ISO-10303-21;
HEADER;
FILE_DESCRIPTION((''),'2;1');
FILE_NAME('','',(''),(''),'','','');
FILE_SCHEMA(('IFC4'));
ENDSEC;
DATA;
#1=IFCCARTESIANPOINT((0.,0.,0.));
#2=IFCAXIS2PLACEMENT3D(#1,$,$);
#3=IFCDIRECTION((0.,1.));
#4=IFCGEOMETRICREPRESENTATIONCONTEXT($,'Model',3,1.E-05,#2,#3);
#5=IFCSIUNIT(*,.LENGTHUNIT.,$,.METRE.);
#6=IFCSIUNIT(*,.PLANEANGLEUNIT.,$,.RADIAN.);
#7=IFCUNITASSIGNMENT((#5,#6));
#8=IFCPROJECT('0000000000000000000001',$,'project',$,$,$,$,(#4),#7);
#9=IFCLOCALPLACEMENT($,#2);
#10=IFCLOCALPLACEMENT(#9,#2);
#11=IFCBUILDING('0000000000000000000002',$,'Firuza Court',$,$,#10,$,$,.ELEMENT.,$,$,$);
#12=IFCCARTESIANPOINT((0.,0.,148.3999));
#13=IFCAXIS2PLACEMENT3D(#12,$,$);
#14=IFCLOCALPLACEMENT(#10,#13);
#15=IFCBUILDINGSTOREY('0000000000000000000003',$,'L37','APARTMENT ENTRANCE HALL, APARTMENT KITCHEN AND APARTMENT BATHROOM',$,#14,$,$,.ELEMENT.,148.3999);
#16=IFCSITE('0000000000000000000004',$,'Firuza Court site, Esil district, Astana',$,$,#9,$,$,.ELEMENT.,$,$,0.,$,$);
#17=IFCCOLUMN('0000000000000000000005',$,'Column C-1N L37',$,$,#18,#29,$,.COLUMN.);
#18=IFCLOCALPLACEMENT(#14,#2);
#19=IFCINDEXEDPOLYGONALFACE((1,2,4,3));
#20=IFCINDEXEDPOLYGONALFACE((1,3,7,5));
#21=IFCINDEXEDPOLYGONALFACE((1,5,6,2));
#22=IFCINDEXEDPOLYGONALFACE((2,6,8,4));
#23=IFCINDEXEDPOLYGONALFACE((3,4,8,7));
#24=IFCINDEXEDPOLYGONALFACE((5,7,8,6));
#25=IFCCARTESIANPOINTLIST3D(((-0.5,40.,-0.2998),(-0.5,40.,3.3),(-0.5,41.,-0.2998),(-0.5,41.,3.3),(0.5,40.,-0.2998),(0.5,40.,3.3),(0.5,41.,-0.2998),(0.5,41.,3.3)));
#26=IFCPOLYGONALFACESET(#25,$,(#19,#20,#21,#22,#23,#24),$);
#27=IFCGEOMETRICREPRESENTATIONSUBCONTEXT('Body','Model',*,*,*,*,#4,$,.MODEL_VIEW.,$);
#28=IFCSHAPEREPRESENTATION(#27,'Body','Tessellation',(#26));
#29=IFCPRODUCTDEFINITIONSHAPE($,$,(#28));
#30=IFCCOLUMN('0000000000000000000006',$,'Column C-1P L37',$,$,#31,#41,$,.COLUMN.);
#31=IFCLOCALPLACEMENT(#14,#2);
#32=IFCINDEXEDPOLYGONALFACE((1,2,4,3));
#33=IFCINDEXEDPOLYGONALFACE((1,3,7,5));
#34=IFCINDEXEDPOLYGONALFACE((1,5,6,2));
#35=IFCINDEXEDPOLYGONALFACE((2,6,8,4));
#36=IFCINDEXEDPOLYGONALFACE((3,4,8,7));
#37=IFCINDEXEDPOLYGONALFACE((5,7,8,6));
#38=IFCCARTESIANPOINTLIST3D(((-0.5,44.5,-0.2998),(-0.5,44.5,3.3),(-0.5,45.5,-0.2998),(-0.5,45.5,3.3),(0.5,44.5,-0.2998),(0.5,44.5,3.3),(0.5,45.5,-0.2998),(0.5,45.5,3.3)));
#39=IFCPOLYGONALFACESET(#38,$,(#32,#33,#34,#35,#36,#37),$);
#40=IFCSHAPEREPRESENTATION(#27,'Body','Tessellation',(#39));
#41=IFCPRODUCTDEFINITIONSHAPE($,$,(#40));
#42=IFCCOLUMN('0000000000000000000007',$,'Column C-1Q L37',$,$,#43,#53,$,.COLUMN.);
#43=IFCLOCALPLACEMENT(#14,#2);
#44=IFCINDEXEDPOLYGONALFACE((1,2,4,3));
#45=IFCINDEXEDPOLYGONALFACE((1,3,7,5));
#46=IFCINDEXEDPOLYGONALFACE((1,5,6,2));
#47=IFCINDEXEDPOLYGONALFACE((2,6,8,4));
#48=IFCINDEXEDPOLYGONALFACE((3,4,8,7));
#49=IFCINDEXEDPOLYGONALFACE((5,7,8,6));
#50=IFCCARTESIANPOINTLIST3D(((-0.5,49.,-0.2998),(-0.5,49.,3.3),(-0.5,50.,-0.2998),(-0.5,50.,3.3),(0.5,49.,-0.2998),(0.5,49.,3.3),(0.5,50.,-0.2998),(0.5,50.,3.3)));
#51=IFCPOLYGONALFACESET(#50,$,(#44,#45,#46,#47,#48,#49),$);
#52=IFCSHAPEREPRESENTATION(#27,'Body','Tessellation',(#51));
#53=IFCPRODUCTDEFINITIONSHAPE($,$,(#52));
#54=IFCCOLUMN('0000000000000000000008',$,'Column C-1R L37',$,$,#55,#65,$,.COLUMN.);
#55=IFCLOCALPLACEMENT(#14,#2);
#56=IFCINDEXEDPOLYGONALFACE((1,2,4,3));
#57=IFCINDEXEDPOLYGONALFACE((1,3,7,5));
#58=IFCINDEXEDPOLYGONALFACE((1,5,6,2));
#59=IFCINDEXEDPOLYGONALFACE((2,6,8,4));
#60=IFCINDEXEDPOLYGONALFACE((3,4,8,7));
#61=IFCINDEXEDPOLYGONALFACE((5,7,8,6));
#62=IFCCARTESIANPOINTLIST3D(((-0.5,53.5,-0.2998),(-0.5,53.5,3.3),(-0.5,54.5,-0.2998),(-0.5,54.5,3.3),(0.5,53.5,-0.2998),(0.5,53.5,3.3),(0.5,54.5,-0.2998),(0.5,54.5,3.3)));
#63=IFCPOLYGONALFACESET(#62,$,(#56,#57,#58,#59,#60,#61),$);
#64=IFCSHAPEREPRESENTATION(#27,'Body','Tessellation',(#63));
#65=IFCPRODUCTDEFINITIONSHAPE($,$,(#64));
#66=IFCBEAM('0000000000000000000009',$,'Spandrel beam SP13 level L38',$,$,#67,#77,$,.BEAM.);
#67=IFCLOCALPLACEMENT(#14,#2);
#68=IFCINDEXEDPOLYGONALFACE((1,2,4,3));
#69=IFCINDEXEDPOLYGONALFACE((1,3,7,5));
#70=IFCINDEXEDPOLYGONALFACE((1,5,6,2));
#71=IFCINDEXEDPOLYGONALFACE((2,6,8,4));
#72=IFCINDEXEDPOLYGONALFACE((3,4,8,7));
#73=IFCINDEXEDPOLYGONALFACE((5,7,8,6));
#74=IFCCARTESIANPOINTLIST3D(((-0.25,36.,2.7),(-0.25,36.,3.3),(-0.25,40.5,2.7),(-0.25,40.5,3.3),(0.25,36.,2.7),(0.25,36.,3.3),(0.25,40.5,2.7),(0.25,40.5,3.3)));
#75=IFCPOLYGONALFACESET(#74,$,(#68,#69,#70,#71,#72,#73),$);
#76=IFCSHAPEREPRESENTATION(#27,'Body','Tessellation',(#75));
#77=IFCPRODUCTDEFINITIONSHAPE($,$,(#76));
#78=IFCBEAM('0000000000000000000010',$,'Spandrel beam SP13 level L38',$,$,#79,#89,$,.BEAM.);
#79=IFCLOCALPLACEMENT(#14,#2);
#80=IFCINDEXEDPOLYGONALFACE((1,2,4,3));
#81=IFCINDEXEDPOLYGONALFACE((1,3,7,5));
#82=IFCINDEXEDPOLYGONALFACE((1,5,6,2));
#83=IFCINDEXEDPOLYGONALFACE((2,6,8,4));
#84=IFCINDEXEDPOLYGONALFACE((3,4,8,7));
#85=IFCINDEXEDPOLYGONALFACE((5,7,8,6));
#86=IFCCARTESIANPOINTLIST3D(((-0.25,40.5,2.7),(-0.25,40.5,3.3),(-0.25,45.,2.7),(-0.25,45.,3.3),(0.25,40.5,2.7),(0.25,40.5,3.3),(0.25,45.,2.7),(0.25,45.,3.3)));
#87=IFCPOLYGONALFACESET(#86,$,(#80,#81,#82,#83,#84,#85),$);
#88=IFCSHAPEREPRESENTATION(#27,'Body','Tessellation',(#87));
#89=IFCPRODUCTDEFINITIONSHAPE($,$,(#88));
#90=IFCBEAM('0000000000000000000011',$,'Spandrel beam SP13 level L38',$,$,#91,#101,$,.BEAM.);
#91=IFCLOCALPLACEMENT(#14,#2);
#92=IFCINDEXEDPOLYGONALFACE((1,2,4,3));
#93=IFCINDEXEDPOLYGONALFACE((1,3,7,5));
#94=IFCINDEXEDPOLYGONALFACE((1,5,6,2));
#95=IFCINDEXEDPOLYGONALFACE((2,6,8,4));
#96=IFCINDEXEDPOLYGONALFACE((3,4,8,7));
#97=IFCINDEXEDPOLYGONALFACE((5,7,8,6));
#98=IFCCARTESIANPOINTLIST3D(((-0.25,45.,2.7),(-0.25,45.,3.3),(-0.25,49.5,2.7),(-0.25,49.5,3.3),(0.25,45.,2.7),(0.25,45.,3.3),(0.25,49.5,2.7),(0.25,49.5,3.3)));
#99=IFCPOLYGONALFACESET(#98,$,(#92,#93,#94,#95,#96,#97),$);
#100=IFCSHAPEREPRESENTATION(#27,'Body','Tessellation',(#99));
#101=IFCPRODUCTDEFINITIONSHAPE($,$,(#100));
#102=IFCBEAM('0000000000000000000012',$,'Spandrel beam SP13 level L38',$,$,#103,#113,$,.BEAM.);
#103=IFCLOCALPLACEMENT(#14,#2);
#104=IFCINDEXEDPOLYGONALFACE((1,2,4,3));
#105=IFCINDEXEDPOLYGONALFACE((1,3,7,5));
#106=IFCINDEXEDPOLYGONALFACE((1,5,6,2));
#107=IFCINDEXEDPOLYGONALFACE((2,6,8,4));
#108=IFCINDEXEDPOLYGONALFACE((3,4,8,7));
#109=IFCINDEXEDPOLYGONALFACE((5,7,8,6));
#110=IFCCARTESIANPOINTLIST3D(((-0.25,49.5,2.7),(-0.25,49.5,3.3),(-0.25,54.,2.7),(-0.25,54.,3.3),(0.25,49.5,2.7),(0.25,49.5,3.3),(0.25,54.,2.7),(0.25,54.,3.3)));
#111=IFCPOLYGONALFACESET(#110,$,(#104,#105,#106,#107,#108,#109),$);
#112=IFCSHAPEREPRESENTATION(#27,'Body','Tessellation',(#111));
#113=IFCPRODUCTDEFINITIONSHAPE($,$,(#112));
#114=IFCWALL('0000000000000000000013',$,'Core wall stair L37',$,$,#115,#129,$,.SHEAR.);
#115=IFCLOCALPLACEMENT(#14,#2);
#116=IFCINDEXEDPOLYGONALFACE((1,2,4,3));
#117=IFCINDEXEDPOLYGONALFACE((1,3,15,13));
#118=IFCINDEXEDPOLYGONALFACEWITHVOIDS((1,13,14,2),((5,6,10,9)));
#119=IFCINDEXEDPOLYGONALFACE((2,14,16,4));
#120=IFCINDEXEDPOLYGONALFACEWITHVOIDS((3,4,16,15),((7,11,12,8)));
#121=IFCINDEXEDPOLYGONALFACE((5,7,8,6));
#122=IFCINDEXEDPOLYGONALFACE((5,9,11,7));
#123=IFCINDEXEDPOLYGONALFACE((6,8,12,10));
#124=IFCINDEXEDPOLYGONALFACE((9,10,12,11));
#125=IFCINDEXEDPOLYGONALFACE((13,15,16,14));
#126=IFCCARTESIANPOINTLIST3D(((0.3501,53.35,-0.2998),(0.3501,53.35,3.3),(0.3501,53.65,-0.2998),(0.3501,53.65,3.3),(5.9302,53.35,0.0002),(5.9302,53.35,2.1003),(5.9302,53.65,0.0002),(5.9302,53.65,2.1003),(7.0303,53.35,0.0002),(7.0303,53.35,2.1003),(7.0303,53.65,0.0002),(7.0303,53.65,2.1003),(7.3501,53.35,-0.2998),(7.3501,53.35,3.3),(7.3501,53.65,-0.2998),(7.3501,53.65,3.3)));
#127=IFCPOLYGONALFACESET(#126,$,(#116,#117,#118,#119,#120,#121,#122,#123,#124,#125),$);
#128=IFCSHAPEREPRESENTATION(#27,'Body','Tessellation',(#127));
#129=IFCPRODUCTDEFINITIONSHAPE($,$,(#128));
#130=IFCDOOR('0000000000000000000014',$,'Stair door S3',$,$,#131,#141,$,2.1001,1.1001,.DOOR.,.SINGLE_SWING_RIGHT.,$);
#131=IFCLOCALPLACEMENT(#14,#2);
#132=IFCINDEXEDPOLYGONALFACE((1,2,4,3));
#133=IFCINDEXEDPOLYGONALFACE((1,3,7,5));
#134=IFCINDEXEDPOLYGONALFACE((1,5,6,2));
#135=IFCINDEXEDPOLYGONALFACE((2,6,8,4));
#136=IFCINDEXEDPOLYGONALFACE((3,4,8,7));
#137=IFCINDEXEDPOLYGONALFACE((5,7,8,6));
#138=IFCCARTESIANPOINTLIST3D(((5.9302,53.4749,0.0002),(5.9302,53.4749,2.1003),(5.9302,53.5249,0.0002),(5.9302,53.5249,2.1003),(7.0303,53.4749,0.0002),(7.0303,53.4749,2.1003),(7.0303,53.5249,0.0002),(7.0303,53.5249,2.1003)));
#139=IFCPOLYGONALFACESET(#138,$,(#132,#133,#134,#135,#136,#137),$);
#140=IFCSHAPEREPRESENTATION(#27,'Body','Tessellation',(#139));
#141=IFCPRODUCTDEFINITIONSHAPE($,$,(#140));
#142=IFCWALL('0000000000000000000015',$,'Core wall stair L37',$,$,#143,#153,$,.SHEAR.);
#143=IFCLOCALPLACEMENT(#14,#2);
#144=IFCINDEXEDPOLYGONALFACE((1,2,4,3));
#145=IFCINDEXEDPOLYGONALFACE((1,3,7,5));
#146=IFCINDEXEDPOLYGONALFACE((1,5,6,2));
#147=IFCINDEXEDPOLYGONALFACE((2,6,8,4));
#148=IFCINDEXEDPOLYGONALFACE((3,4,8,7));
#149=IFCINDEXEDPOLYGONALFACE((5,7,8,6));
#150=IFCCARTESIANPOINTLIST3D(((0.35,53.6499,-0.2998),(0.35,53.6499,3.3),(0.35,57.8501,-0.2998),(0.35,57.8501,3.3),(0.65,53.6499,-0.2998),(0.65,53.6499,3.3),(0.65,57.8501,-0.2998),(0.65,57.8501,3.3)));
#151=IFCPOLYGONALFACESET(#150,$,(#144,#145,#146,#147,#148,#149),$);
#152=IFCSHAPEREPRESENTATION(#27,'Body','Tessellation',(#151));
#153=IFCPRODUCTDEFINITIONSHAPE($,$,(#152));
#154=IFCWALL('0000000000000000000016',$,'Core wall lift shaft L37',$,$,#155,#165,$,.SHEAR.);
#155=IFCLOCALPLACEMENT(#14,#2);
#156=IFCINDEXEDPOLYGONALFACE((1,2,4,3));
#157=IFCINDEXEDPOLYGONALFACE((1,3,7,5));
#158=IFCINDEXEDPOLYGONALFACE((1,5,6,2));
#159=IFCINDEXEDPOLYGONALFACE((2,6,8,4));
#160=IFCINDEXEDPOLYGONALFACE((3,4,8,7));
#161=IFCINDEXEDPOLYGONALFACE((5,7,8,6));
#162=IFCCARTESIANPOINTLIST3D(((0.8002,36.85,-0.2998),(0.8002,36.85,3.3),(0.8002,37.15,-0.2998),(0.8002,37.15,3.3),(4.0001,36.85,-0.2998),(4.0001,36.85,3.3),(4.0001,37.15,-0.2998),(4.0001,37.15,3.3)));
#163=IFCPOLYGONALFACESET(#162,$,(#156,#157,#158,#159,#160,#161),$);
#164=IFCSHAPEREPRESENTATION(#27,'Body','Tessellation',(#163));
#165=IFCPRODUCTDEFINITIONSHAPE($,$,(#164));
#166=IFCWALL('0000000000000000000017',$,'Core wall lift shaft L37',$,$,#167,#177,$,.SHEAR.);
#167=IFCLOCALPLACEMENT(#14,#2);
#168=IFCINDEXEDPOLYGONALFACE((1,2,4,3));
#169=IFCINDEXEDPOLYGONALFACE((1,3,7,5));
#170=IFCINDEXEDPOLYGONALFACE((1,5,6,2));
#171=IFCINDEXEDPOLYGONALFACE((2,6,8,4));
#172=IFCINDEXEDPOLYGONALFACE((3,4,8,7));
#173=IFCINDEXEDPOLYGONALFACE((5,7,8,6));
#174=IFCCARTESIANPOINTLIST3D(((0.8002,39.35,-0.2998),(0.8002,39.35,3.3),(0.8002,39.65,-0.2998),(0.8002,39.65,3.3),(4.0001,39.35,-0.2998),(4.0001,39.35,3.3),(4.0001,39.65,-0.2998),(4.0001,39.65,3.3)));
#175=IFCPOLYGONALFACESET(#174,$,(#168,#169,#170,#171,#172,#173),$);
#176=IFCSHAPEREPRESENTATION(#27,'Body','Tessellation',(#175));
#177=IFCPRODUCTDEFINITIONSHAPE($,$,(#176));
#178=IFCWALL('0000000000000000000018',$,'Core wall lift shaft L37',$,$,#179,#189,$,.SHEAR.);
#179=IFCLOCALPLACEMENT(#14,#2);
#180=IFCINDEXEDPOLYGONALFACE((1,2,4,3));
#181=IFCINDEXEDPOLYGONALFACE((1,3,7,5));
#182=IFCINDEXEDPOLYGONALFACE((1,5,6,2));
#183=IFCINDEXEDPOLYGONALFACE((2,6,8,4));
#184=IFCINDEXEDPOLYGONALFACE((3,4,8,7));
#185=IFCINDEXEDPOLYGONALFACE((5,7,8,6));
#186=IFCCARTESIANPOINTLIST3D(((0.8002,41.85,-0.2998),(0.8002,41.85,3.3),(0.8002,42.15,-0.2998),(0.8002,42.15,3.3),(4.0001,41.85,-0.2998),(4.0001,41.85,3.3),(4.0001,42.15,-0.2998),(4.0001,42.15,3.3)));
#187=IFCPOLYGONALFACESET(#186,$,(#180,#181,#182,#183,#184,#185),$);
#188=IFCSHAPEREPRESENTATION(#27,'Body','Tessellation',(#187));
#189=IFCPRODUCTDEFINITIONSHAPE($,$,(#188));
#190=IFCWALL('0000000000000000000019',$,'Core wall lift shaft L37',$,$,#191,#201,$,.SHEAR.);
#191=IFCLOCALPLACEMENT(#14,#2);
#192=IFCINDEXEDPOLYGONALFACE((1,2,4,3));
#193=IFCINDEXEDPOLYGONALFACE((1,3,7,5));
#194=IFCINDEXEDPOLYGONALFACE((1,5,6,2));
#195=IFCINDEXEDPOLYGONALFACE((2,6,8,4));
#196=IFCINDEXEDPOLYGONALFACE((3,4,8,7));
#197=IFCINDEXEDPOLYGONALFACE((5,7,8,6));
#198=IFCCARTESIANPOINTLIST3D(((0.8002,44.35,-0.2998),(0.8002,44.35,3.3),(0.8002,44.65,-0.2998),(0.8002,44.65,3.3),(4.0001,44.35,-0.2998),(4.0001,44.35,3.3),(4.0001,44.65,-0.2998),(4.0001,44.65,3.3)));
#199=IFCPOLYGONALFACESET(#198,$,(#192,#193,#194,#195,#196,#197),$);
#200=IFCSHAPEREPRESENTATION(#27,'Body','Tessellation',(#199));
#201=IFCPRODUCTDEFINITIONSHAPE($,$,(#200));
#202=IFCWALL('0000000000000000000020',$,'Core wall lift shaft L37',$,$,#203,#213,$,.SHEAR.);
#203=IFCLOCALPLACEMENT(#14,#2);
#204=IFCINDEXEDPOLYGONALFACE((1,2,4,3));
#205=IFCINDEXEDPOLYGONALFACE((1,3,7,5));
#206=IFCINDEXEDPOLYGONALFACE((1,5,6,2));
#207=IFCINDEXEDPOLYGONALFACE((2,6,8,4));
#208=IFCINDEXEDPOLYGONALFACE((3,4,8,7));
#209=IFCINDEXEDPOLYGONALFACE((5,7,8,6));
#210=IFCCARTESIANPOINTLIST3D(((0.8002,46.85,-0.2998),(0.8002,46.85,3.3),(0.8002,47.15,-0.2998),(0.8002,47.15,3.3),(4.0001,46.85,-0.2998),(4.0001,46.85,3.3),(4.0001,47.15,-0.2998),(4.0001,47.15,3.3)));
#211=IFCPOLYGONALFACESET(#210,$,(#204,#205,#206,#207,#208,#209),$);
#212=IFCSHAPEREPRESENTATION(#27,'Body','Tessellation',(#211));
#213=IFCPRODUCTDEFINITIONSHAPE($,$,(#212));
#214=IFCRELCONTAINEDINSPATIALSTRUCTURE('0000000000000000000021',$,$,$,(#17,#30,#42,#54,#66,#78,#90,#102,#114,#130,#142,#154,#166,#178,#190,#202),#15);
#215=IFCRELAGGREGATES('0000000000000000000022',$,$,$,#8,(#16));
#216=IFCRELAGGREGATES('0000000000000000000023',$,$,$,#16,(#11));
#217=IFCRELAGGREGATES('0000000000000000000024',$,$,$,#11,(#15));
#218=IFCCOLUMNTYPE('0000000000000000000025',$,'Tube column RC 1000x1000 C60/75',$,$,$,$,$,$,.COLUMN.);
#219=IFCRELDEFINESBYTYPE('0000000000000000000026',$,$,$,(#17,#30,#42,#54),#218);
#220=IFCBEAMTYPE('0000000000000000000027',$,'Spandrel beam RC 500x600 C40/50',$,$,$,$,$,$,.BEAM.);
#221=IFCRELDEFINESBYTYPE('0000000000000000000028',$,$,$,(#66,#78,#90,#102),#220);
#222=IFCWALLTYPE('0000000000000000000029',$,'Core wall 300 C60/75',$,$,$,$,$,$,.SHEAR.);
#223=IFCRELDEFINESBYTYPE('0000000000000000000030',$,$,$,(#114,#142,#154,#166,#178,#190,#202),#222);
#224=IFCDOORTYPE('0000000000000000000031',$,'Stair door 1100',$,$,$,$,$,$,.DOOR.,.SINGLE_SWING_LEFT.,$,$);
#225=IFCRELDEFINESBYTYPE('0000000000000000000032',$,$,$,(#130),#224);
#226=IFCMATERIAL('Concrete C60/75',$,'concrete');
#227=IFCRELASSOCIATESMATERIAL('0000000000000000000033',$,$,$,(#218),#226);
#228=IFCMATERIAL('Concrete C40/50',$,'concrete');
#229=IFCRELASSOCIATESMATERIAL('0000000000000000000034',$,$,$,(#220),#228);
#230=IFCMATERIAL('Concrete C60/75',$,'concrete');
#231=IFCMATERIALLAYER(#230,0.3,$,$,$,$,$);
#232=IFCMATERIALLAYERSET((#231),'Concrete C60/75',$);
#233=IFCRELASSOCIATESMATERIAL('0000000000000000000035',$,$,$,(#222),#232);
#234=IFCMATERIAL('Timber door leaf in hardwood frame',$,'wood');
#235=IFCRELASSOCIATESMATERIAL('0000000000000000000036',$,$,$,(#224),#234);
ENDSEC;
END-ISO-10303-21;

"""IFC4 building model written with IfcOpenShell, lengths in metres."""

from ifc_helpers import new_model, si_unit, direction, frame, frame_2d, origin, origin_2d, place, context, subcontext, project, spatial, rectangle, extrude, material, layer, layer_set, material_profile, profile_set, type_object, element, fill, save


model = new_model("IFC4")

# Units and contexts
model_context = context("Model", 3, precision=1e-05, world=origin(), true_north=direction((0.0, 1.0)))
body_context = subcontext(model_context, "Body", "Model", "MODEL_VIEW")
ifc_project = project(units=[si_unit("LENGTHUNIT", "METRE"), si_unit("PLANEANGLEUNIT", "RADIAN")], contexts=[model_context])

# Site, building, storey
site_placement = place(None, origin())
site = spatial("IfcSite", under=ifc_project, at=site_placement, Name="Firuza Court site, Esil district, Astana", CompositionType="ELEMENT", RefElevation=0.0)
building_placement = place(site_placement, origin())
building = spatial("IfcBuilding", under=site, at=building_placement, Name="Firuza Court", CompositionType="ELEMENT")
storey_placement = place(building_placement, frame((0.0, 0.0, 148.3999)))
storey = spatial("IfcBuildingStorey", under=building, at=storey_placement, Name="L37", Description="APARTMENT ENTRANCE HALL, APARTMENT KITCHEN AND APARTMENT BATHROOM", CompositionType="ELEMENT", Elevation=148.3999)

# Columns
ifc_material_1 = material(Name="Concrete C60/75", Category="concrete")
ifc_material_profile_1 = material_profile(ifc_material_1, rectangle(XDim=1.0, YDim=1.0, at=origin_2d()), Name="RC 1000x1000")
ifc_profile_set_1 = profile_set([ifc_material_profile_1], Name="Concrete C60/75")
column_type = type_object("IfcColumnType", Name="Tube column RC 1000x1000 C60/75", PredefinedType="COLUMN", material=ifc_profile_set_1)
for number, where, z_axis, x_axis, name in (
    (1, (0.0, 40.5, -0.2998), (0.0, 0.0, 1.0), (1.0, 0.0, 0.0), "Column C-1N L37"),
    (2, (0.0, 45.0, -0.2998), (0.0, 0.0, 1.0), (1.0, 0.0, 0.0), "Column C-1P L37"),
    (3, (0.0, 49.5, -0.2998), (0.0, 0.0, 1.0), (1.0, 0.0, 0.0), "Column C-1Q L37"),
    (4, (0.0, 54.0, -0.2998), (0.0, 0.0, 1.0), (1.0, 0.0, 0.0), "Column C-1R L37"),
):
    element("IfcColumn", number, at=place(storey_placement, frame(where, z_axis=z_axis, x_axis=x_axis)), inside=storey, type_object=column_type, Name=name, PredefinedType="COLUMN", context=body_context, shape_type="SweptSolid", body=[
        extrude(rectangle(XDim=1.0, YDim=1.0, at=origin_2d()), origin(), (0.0, 0.0, 1.0), 3.5999),
    ])

# Beams
ifc_material_2 = material(Name="Concrete C40/50", Category="concrete")
ifc_material_profile_2 = material_profile(ifc_material_2, rectangle(XDim=0.5, YDim=0.6001, at=origin_2d()), Name="RC 500x600")
ifc_profile_set_2 = profile_set([ifc_material_profile_2], Name="Concrete C40/50")
beam_type = type_object("IfcBeamType", Name="Spandrel beam RC 500x600 C40/50", PredefinedType="BEAM", material=ifc_profile_set_2)
for number, where, z_axis, x_axis, name in (
    (5, (0.0, 40.5, 3.0), (0.0, -1.0, 0.0), (1.0, 0.0, 0.0), "Spandrel beam SP13 level L38"),
    (6, (0.0, 45.0, 3.0), (0.0, -1.0, 0.0), (1.0, 0.0, 0.0), "Spandrel beam SP13 level L38"),
    (7, (0.0, 49.5, 3.0), (0.0, -1.0, 0.0), (1.0, 0.0, 0.0), "Spandrel beam SP13 level L38"),
    (8, (0.0, 54.0, 3.0), (0.0, -1.0, 0.0), (1.0, 0.0, 0.0), "Spandrel beam SP13 level L38"),
):
    element("IfcBeam", number, at=place(storey_placement, frame(where, z_axis=z_axis, x_axis=x_axis)), inside=storey, type_object=beam_type, Name=name, PredefinedType="BEAM", context=body_context, shape_type="SweptSolid", body=[
        extrude(rectangle(XDim=0.5, YDim=0.6001, at=origin_2d()), origin(), (0.0, 0.0, 1.0), 4.5),
    ])

# Wall, opening, door
ifc_material_3 = material(Name="Concrete C60/75", Category="concrete")
ifc_layer_1 = layer(ifc_material_3, 0.3)
ifc_layer_set_1 = layer_set([ifc_layer_1], Name="Concrete C60/75")
wall_type_1 = type_object("IfcWallType", Name="Core wall 300 C60/75", PredefinedType="SHEAR", material=ifc_layer_set_1)
wall_1_placement = place(storey_placement, frame((0.3501, 53.5, -0.2998), z_axis=(0.0, 0.0, 1.0), x_axis=(1.0, 0.0, 0.0)))
wall_1 = element("IfcWall", 9, at=wall_1_placement, inside=storey, type_object=wall_type_1, Name="Core wall stair L37", PredefinedType="SHEAR", context=body_context, shape_type="SweptSolid", body=[
    extrude(rectangle(XDim=7.0, YDim=0.3, at=frame_2d((3.5, 0.0))), origin(), (0.0, 0.0, 1.0), 3.5999),
])
opening_1_placement = place(wall_1_placement, frame((5.5801, 0.0, 0.3)))
opening_1 = element("IfcOpeningElement", 10, at=opening_1_placement, cuts=wall_1, PredefinedType="OPENING", context=body_context, shape_type="SweptSolid", body=[
    extrude(rectangle(XDim=1.1001, YDim=2.1001, at=frame_2d((0.55, 1.05))), frame((0.0, 0.1621, 0.0), z_axis=(0.0, -1.0, 0.0), x_axis=(1.0, 0.0, 0.0)), (0.0, 0.0, 1.0), 0.324),
])
ifc_material_4 = material(Name="Timber door leaf in hardwood frame", Category="wood")
door_type_1 = type_object("IfcDoorType", Name="Stair door 1100", OperationType="SINGLE_SWING_LEFT", PredefinedType="DOOR", material=ifc_material_4)
door_1_placement = place(opening_1_placement, origin())
door_1 = element("IfcDoor", 11, at=door_1_placement, inside=storey, type_object=door_type_1, Name="Stair door S3", OperationType="SINGLE_SWING_RIGHT", OverallHeight=2.1001, OverallWidth=1.1001, PredefinedType="DOOR", context=body_context, shape_type="SweptSolid", body=[
    extrude(rectangle(XDim=1.1001, YDim=2.1001, at=frame_2d((0.55, 1.05))), frame((0.0, 0.0249, 0.0), z_axis=(0.0, -1.0, 0.0), x_axis=(1.0, 0.0, 0.0)), (0.0, 0.0, 1.0), 0.05),
])
fill(opening_1, door_1)

# Walls
wall_2_placement = place(storey_placement, frame((0.5, 53.6499, -0.2998), z_axis=(0.0, 0.0, 1.0), x_axis=(0.0, 1.0, 0.0)))
element("IfcWall", 12, at=wall_2_placement, inside=storey, type_object=wall_type_1, Name="Core wall stair L37", PredefinedType="SHEAR", context=body_context, shape_type="SweptSolid", body=[
    extrude(rectangle(XDim=4.2002, YDim=0.3, at=frame_2d((2.1001, 0.0))), origin(), (0.0, 0.0, 1.0), 3.5999),
])
for number, where, z_axis, x_axis, name in (
    (13, (0.8, 37.0, -0.2998), (0.0, 0.0, 1.0), (1.0, 0.0, 0.0), "Core wall lift shaft L37"),
    (14, (0.8, 39.5, -0.2998), (0.0, 0.0, 1.0), (1.0, 0.0, 0.0), "Core wall lift shaft L37"),
    (15, (0.8, 42.0, -0.2998), (0.0, 0.0, 1.0), (1.0, 0.0, 0.0), "Core wall lift shaft L37"),
    (16, (0.8, 44.5, -0.2998), (0.0, 0.0, 1.0), (1.0, 0.0, 0.0), "Core wall lift shaft L37"),
    (17, (0.8, 47.0, -0.2998), (0.0, 0.0, 1.0), (1.0, 0.0, 0.0), "Core wall lift shaft L37"),
):
    element("IfcWall", number, at=place(storey_placement, frame(where, z_axis=z_axis, x_axis=x_axis)), inside=storey, type_object=wall_type_1, Name=name, PredefinedType="SHEAR", context=body_context, shape_type="SweptSolid", body=[
        extrude(rectangle(XDim=3.2, YDim=0.3, at=frame_2d((1.6001, 0.0))), origin(), (0.0, 0.0, 1.0), 3.5999),
    ])

save(model, "model.ifc")
